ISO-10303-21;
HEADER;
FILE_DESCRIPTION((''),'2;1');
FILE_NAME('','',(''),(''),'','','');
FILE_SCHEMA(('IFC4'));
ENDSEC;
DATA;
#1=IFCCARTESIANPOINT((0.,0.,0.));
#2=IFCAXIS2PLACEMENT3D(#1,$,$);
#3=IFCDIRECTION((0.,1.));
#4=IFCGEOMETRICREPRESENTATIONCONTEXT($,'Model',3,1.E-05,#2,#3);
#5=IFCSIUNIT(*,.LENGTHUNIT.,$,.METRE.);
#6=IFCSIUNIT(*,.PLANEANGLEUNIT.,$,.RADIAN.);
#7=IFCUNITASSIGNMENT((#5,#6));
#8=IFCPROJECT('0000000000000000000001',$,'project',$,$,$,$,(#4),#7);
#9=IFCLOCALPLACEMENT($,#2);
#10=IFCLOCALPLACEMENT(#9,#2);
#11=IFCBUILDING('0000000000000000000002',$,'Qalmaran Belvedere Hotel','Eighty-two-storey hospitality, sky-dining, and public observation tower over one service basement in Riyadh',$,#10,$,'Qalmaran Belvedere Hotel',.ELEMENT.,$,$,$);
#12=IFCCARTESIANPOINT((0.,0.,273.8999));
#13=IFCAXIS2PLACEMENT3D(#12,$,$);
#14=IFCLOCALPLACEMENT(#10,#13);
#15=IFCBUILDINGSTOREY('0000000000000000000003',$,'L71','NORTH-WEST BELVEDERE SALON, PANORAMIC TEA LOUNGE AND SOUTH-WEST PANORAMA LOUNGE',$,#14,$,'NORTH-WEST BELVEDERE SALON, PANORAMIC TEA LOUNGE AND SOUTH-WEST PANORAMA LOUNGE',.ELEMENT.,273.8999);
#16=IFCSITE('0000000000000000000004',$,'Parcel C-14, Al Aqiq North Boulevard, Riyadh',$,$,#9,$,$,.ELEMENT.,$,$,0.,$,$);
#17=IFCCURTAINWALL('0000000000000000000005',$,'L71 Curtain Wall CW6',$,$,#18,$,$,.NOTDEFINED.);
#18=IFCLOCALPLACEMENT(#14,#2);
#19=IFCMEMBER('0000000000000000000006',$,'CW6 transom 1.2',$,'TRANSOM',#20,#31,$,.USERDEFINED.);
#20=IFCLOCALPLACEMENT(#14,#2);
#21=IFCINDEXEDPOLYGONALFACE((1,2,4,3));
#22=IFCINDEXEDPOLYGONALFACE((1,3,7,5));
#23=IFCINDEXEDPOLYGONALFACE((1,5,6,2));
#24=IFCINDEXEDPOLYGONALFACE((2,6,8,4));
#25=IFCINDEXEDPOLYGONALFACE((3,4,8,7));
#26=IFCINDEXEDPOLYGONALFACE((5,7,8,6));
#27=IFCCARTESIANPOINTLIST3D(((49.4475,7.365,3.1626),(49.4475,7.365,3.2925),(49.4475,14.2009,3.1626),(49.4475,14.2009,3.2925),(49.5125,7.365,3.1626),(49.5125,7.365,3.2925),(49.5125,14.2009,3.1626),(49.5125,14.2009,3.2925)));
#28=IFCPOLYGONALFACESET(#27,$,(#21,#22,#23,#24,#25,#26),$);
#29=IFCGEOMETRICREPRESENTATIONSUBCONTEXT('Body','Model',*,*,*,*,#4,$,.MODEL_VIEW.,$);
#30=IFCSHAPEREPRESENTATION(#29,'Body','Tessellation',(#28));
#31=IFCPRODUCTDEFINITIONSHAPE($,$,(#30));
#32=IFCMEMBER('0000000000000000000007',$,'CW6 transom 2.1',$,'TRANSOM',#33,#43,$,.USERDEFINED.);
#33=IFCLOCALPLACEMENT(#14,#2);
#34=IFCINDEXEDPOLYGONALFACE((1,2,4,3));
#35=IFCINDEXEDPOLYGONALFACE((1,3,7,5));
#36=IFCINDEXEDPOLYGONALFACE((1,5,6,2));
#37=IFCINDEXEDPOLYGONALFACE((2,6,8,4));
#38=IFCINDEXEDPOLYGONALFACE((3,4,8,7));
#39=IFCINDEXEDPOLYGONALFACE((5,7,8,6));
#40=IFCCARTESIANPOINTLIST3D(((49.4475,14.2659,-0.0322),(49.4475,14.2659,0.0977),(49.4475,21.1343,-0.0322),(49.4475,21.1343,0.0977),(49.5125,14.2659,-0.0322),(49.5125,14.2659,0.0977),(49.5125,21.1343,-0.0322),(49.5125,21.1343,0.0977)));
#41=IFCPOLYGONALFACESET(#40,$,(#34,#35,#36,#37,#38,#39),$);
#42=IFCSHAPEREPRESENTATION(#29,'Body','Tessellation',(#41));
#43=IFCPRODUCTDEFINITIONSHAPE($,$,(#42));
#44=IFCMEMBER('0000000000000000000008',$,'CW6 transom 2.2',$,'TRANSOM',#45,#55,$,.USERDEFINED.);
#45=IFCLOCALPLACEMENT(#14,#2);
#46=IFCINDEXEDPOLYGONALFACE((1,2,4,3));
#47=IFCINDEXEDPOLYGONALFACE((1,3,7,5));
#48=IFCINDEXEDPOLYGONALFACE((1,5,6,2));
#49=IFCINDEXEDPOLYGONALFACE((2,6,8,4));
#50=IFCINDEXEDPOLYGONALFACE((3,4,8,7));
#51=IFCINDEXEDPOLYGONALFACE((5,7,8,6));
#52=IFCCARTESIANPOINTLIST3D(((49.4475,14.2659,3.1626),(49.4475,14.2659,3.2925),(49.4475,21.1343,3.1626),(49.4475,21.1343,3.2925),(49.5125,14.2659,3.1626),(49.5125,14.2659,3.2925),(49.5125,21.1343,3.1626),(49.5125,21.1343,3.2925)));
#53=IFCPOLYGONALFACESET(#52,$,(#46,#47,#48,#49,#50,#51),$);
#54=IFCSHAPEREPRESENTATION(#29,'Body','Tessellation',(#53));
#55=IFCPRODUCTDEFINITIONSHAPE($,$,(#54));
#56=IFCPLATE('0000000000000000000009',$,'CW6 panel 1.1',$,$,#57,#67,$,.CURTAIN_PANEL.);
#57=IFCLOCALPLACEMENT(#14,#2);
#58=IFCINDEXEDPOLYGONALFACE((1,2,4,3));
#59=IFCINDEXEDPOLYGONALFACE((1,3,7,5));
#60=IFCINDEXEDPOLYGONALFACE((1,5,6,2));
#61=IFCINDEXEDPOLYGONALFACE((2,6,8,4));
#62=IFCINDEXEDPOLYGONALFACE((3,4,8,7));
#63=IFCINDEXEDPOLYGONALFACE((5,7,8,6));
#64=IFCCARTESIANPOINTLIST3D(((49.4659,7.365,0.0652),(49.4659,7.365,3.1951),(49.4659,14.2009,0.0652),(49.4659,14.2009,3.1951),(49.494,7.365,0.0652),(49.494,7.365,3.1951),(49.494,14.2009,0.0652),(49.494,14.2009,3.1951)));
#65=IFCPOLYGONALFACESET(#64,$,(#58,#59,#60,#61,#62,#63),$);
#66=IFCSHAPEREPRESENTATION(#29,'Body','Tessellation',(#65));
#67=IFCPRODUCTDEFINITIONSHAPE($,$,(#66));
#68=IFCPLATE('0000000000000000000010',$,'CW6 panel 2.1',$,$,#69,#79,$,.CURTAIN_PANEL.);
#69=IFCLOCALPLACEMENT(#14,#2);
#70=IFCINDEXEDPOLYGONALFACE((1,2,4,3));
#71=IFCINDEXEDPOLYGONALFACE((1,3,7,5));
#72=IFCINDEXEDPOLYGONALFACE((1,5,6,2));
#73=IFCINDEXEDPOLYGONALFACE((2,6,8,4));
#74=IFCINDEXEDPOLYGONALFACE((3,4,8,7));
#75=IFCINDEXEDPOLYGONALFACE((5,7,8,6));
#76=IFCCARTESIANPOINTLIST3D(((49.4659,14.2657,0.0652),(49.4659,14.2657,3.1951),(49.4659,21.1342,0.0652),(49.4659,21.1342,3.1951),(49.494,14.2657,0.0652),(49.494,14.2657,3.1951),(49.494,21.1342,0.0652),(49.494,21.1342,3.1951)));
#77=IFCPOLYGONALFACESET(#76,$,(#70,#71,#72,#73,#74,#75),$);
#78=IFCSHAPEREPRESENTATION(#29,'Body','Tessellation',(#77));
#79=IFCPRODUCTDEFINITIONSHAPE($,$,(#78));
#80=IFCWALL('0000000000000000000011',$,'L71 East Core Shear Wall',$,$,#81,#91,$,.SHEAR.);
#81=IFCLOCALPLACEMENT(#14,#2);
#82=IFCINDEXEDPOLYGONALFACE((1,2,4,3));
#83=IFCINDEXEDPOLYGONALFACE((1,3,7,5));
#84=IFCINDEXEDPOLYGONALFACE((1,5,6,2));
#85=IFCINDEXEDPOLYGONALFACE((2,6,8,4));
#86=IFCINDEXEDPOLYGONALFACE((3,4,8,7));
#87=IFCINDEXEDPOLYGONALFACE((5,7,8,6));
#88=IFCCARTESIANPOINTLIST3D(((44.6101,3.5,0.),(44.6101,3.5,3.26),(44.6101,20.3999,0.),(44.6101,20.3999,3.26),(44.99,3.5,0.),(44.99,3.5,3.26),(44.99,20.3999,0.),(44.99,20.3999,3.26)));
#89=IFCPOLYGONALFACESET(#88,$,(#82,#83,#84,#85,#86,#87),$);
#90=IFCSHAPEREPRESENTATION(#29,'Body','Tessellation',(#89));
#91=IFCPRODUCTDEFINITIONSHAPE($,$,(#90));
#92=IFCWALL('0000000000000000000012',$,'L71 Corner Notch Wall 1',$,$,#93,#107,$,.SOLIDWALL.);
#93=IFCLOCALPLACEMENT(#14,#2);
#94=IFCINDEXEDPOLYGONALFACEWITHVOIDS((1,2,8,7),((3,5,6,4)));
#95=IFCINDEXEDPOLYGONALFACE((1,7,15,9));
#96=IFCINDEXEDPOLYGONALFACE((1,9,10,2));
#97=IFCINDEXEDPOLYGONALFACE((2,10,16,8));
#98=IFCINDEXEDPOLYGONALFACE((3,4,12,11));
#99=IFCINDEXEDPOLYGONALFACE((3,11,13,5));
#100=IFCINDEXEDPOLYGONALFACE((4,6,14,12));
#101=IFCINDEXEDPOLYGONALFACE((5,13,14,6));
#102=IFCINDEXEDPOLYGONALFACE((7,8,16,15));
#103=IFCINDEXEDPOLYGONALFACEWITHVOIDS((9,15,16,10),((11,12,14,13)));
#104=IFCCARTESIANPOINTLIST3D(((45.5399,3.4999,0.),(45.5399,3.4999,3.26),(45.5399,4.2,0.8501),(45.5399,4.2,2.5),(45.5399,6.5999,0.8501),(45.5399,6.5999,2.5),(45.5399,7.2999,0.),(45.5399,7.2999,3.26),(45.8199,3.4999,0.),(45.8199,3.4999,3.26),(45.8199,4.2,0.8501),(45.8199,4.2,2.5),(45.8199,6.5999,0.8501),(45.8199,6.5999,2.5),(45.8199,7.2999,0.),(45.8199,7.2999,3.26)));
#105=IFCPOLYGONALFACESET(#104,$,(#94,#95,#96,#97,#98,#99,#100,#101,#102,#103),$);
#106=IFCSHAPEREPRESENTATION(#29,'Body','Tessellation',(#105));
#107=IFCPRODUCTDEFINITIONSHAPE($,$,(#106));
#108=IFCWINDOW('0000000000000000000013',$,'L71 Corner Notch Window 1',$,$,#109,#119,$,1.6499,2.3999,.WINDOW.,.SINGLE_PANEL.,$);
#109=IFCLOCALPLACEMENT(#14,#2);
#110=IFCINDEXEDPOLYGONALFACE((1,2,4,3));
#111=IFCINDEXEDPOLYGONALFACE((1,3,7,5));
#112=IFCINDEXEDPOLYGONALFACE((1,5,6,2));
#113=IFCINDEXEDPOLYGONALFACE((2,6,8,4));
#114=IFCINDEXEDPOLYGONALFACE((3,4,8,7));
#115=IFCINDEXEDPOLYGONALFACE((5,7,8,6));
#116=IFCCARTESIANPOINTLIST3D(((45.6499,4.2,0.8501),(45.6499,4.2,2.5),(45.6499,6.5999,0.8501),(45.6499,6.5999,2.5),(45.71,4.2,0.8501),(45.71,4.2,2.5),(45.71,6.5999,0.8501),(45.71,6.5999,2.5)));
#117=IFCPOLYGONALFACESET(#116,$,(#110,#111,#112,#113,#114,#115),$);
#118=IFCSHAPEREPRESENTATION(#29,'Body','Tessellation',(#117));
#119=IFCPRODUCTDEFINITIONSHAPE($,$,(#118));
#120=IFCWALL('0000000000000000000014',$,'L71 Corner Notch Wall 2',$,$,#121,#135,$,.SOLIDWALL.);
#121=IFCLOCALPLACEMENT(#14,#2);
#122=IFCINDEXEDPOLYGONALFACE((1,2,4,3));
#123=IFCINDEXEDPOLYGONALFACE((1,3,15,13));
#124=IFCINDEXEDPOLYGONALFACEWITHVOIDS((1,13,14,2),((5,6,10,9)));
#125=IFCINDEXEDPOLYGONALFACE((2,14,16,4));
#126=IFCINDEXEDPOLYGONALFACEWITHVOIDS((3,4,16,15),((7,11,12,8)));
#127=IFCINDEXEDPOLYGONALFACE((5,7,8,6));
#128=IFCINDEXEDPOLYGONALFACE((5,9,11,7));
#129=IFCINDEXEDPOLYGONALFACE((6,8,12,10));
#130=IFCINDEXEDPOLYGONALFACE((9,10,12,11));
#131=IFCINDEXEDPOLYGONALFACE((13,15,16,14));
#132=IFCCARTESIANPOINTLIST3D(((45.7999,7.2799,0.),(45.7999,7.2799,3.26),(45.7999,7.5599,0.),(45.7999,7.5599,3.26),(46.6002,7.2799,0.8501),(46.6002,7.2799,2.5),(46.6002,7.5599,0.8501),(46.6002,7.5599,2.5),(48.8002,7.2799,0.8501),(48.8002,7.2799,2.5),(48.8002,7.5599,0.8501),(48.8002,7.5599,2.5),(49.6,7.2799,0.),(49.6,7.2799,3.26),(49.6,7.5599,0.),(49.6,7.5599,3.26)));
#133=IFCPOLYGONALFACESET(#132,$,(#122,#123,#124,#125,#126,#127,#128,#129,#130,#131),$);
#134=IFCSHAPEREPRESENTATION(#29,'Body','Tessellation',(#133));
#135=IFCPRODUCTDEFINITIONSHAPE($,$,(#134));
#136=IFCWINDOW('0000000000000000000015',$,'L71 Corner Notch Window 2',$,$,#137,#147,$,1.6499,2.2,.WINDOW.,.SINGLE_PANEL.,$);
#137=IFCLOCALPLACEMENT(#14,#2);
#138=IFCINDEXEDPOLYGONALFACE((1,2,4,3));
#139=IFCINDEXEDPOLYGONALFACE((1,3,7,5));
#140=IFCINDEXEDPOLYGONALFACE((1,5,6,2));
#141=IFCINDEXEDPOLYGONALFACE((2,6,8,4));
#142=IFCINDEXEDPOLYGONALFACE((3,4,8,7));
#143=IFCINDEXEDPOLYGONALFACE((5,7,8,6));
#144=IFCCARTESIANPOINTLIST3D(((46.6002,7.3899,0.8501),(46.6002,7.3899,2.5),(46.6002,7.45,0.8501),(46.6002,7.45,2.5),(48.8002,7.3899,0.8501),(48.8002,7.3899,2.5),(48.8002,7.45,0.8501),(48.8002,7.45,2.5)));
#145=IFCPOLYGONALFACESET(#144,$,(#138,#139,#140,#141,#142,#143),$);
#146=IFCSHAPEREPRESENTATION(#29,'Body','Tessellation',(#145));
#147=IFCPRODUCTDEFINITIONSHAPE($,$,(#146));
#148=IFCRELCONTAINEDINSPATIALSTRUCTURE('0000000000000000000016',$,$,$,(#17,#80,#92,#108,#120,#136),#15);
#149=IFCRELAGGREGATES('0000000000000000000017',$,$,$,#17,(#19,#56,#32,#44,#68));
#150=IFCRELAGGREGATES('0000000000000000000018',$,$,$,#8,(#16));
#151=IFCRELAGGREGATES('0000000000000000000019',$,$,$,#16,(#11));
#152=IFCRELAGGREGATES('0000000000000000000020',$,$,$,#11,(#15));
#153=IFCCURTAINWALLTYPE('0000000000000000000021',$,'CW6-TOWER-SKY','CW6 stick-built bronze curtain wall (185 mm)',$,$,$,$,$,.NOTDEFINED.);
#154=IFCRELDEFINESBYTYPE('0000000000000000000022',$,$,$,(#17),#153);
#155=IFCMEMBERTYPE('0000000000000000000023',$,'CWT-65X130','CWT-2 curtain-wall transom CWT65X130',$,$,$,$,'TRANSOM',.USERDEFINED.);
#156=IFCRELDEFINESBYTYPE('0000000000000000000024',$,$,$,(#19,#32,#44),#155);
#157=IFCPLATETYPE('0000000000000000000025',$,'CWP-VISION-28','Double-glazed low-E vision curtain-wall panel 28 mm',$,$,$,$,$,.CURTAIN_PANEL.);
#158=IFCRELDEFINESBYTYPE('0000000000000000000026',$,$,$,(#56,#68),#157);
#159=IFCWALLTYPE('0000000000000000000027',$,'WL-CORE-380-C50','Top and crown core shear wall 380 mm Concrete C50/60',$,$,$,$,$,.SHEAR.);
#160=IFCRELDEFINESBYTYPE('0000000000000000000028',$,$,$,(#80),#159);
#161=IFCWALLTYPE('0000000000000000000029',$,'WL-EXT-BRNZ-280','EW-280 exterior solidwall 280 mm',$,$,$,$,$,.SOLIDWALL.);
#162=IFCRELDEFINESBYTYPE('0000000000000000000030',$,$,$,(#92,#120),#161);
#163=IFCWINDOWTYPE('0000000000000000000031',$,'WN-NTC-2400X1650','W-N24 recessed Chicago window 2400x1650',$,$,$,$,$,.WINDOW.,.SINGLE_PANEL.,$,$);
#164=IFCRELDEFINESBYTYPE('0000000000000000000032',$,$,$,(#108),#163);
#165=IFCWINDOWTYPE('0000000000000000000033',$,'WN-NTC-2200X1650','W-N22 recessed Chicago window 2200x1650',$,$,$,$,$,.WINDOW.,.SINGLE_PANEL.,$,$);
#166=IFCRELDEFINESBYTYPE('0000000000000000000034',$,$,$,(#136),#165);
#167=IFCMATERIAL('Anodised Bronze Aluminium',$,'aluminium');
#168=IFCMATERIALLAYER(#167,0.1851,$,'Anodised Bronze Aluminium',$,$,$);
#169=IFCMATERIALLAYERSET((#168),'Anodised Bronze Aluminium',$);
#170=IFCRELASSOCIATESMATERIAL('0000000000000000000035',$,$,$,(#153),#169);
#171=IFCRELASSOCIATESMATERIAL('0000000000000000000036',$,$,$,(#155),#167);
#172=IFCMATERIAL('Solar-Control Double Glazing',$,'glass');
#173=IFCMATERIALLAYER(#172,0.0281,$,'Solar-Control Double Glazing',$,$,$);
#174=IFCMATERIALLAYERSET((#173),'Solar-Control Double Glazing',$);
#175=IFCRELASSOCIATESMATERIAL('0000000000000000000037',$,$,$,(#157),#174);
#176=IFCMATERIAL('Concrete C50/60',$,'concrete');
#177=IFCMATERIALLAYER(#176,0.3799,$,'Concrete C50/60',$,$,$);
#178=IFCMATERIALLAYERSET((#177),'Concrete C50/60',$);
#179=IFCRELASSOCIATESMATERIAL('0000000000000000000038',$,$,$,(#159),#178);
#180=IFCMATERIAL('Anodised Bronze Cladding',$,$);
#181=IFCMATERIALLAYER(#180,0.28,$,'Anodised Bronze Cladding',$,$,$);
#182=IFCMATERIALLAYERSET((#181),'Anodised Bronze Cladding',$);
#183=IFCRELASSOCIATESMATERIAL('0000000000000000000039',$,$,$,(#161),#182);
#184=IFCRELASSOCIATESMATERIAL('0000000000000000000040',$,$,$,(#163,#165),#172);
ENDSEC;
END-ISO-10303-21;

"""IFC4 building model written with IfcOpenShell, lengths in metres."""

from ifc_helpers import new_model, si_unit, direction, frame, frame_2d, origin, origin_2d, place, context, subcontext, project, spatial, rectangle, extrude, material, layer, layer_set, material_profile, profile_set, type_object, element, fill, aggregate, save


model = new_model("IFC4")

# Units and contexts
model_context = context("Model", 3, precision=1e-05, world=origin(), true_north=direction((0.0, 1.0)))
body_context = subcontext(model_context, "Body", "Model", "MODEL_VIEW")
ifc_project = project(units=[si_unit("LENGTHUNIT", "METRE"), si_unit("PLANEANGLEUNIT", "RADIAN")], contexts=[model_context])

# Site, building, storey
site_placement = place(None, origin())
site = spatial("IfcSite", under=ifc_project, at=site_placement, Name="Parcel C-14, Al Aqiq North Boulevard, Riyadh", CompositionType="ELEMENT", RefElevation=0.0)
building_placement = place(site_placement, origin())
building = spatial("IfcBuilding", under=site, at=building_placement, Name="Qalmaran Belvedere Hotel", Description="Eighty-two-storey hospitality, sky-dining, and public observation tower over one service basement in Riyadh", LongName="Qalmaran Belvedere Hotel", CompositionType="ELEMENT")
storey_placement = place(building_placement, frame((0.0, 0.0, 273.8999)))
storey = spatial("IfcBuildingStorey", under=building, at=storey_placement, Name="L71", Description="NORTH-WEST BELVEDERE SALON, PANORAMIC TEA LOUNGE AND SOUTH-WEST PANORAMA LOUNGE", LongName="NORTH-WEST BELVEDERE SALON, PANORAMIC TEA LOUNGE AND SOUTH-WEST PANORAMA LOUNGE", CompositionType="ELEMENT", Elevation=273.8999)

# Shared definitions
ifc_material_1 = material(Name="Concrete C50/60", Category="concrete")

# Curtain wall, members, plates
ifc_material_2 = material(Name="Anodised Bronze Aluminium", Category="aluminium")
ifc_layer_1 = layer(ifc_material_2, 0.1851, Name="Anodised Bronze Aluminium")
ifc_layer_set_1 = layer_set([ifc_layer_1], Name="Anodised Bronze Aluminium")
curtain_wall_type = type_object("IfcCurtainWallType", Name="CW6-TOWER-SKY", Description="CW6 stick-built bronze curtain wall (185 mm)", PredefinedType="NOTDEFINED", material=ifc_layer_set_1)
curtain_wall_placement = place(storey_placement, origin())
curtain_wall = element("IfcCurtainWall", 1, at=curtain_wall_placement, inside=storey, type_object=curtain_wall_type, Name="L71 Curtain Wall CW6", PredefinedType="NOTDEFINED")
ifc_material_profile_1 = material_profile(ifc_material_2, rectangle(XDim=0.0649, YDim=0.1299, at=origin_2d()), Name="CWT65X130")
ifc_profile_set_1 = profile_set([ifc_material_profile_1], Name="Anodised Bronze Aluminium")
member_type_1 = type_object("IfcMemberType", Name="CWT-65X130", Description="CWT-2 curtain-wall transom CWT65X130", ElementType="TRANSOM", PredefinedType="USERDEFINED", material=ifc_profile_set_1)
member_1_placement = place(storey_placement, frame((49.48, 7.365, 3.2275), z_axis=(0.0, 1.0, 0.0), x_axis=(-1.0, 0.0, 0.0)))
member_1 = element("IfcMember", 2, at=member_1_placement, type_object=member_type_1, Name="CW6 transom 1.2", ObjectType="TRANSOM", PredefinedType="USERDEFINED", context=body_context, shape_type="SweptSolid", body=[
    extrude(rectangle(XDim=0.0649, YDim=0.1299, at=origin_2d()), origin(), (0.0, 0.0, 1.0), 6.8359),
])
member_2_placement = place(storey_placement, frame((49.48, 14.2659, 0.0327), z_axis=(0.0, 1.0, 0.0), x_axis=(-1.0, 0.0, 0.0)))
member_2 = element("IfcMember", 3, at=member_2_placement, type_object=member_type_1, Name="CW6 transom 2.1", ObjectType="TRANSOM", PredefinedType="USERDEFINED", context=body_context, shape_type="SweptSolid", body=[
    extrude(rectangle(XDim=0.0649, YDim=0.1299, at=origin_2d()), origin(), (0.0, 0.0, 1.0), 6.8684),
])
member_3_placement = place(storey_placement, frame((49.48, 14.2659, 3.2275), z_axis=(0.0, 1.0, 0.0), x_axis=(-1.0, 0.0, 0.0)))
member_3 = element("IfcMember", 4, at=member_3_placement, type_object=member_type_1, Name="CW6 transom 2.2", ObjectType="TRANSOM", PredefinedType="USERDEFINED", context=body_context, shape_type="SweptSolid", body=[
    extrude(rectangle(XDim=0.0649, YDim=0.1299, at=origin_2d()), origin(), (0.0, 0.0, 1.0), 6.8684),
])
ifc_material_3 = material(Name="Solar-Control Double Glazing", Category="glass")
ifc_layer_2 = layer(ifc_material_3, 0.0281, Name="Solar-Control Double Glazing")
ifc_layer_set_2 = layer_set([ifc_layer_2], Name="Solar-Control Double Glazing")
plate_type = type_object("IfcPlateType", Name="CWP-VISION-28", Description="Double-glazed low-E vision curtain-wall panel 28 mm", PredefinedType="CURTAIN_PANEL", material=ifc_layer_set_2)
plate_1_placement = place(storey_placement, frame((49.48, 10.783, 0.0652), z_axis=(0.0, 0.0, 1.0), x_axis=(0.0, 1.0, 0.0)))
plate_1 = element("IfcPlate", 5, at=plate_1_placement, type_object=plate_type, Name="CW6 panel 1.1", PredefinedType="CURTAIN_PANEL", context=body_context, shape_type="SweptSolid", body=[
    extrude(rectangle(XDim=6.8359, YDim=0.0281, at=origin_2d()), origin(), (0.0, 0.0, 1.0), 3.1299),
])
plate_2_placement = place(storey_placement, frame((49.48, 17.7, 0.0652), z_axis=(0.0, 0.0, 1.0), x_axis=(0.0, 1.0, 0.0)))
plate_2 = element("IfcPlate", 6, at=plate_2_placement, type_object=plate_type, Name="CW6 panel 2.1", PredefinedType="CURTAIN_PANEL", context=body_context, shape_type="SweptSolid", body=[
    extrude(rectangle(XDim=6.8684, YDim=0.0281, at=origin_2d()), origin(), (0.0, 0.0, 1.0), 3.1299),
])
aggregate(curtain_wall, [member_1, plate_1, member_2, member_3, plate_2])

# Wall
ifc_layer_3 = layer(ifc_material_1, 0.3799, Name="Concrete C50/60")
ifc_layer_set_3 = layer_set([ifc_layer_3], Name="Concrete C50/60")
wall_type_1 = type_object("IfcWallType", Name="WL-CORE-380-C50", Description="Top and crown core shear wall 380 mm Concrete C50/60", PredefinedType="SHEAR", material=ifc_layer_set_3)
wall_1_placement = place(storey_placement, frame((44.8, 3.5, 0.0), z_axis=(0.0, 0.0, 1.0), x_axis=(0.0, 1.0, 0.0)))
element("IfcWall", 7, at=wall_1_placement, inside=storey, type_object=wall_type_1, Name="L71 East Core Shear Wall", PredefinedType="SHEAR", context=body_context, shape_type="SweptSolid", body=[
    extrude(rectangle(XDim=16.8999, YDim=0.3799, at=frame_2d((8.45, 0.0))), origin(), (0.0, 0.0, 1.0), 3.26),
])

# Walls, openings, windows
ifc_material_4 = material(Name="Anodised Bronze Cladding")
ifc_layer_4 = layer(ifc_material_4, 0.28, Name="Anodised Bronze Cladding")
ifc_layer_set_4 = layer_set([ifc_layer_4], Name="Anodised Bronze Cladding")
wall_type_2 = type_object("IfcWallType", Name="WL-EXT-BRNZ-280", Description="EW-280 exterior solidwall 280 mm", PredefinedType="SOLIDWALL", material=ifc_layer_set_4)
wall_2_placement = place(storey_placement, frame((45.6799, 3.5, 0.0), z_axis=(0.0, 0.0, 1.0), x_axis=(0.0, 1.0, 0.0)))
wall_2 = element("IfcWall", 8, at=wall_2_placement, inside=storey, type_object=wall_type_2, Name="L71 Corner Notch Wall 1", PredefinedType="SOLIDWALL", context=body_context, shape_type="SweptSolid", body=[
    extrude(rectangle(XDim=3.8, YDim=0.28, at=frame_2d((1.8999, 0.0))), origin(), (0.0, 0.0, 1.0), 3.26),
])
opening_1_placement = place(wall_2_placement, frame((0.7, 0.0, 0.8501)))
opening_1 = element("IfcOpeningElement", 9, at=opening_1_placement, cuts=wall_2, PredefinedType="OPENING", context=body_context, shape_type="SweptSolid", body=[
    extrude(rectangle(XDim=2.3999, YDim=1.6499, at=frame_2d((1.2, 0.825))), frame((0.0, 0.1499, 0.0), z_axis=(0.0, -1.0, 0.0), x_axis=(1.0, 0.0, 0.0)), (0.0, 0.0, 1.0), 0.3),
])
window_type_1 = type_object("IfcWindowType", Name="WN-NTC-2400X1650", Description="W-N24 recessed Chicago window 2400x1650", PartitioningType="SINGLE_PANEL", PredefinedType="WINDOW", material=ifc_material_3)
window_1_placement = place(opening_1_placement, origin())
window_1 = element("IfcWindow", 10, at=window_1_placement, inside=storey, type_object=window_type_1, Name="L71 Corner Notch Window 1", OverallHeight=1.6499, OverallWidth=2.3999, PartitioningType="SINGLE_PANEL", PredefinedType="WINDOW", context=body_context, shape_type="SweptSolid", body=[
    extrude(rectangle(XDim=2.3999, YDim=1.6499, at=frame_2d((1.2, 0.825))), frame((0.0, 0.03, 0.0), z_axis=(0.0, -1.0, 0.0), x_axis=(1.0, 0.0, 0.0)), (0.0, 0.0, 1.0), 0.0601),
])
fill(opening_1, window_1)
wall_3_placement = place(storey_placement, frame((45.8, 7.4199, 0.0), z_axis=(0.0, 0.0, 1.0), x_axis=(1.0, 0.0, 0.0)))
wall_3 = element("IfcWall", 11, at=wall_3_placement, inside=storey, type_object=wall_type_2, Name="L71 Corner Notch Wall 2", PredefinedType="SOLIDWALL", context=body_context, shape_type="SweptSolid", body=[
    extrude(rectangle(XDim=3.8, YDim=0.28, at=frame_2d((1.8999, 0.0))), origin(), (0.0, 0.0, 1.0), 3.26),
])
opening_2_placement = place(wall_3_placement, frame((0.8, 0.0, 0.8501)))
opening_2 = element("IfcOpeningElement", 12, at=opening_2_placement, cuts=wall_3, PredefinedType="OPENING", context=body_context, shape_type="SweptSolid", body=[
    extrude(rectangle(XDim=2.2, YDim=1.6499, at=frame_2d((1.1001, 0.825))), frame((0.0, 0.1499, 0.0), z_axis=(0.0, -1.0, 0.0), x_axis=(1.0, 0.0, 0.0)), (0.0, 0.0, 1.0), 0.3),
])
window_type_2 = type_object("IfcWindowType", Name="WN-NTC-2200X1650", Description="W-N22 recessed Chicago window 2200x1650", PartitioningType="SINGLE_PANEL", PredefinedType="WINDOW", material=ifc_material_3)
window_2_placement = place(opening_2_placement, origin())
window_2 = element("IfcWindow", 13, at=window_2_placement, inside=storey, type_object=window_type_2, Name="L71 Corner Notch Window 2", OverallHeight=1.6499, OverallWidth=2.2, PartitioningType="SINGLE_PANEL", PredefinedType="WINDOW", context=body_context, shape_type="SweptSolid", body=[
    extrude(rectangle(XDim=2.2, YDim=1.6499, at=frame_2d((1.1001, 0.825))), frame((0.0, 0.03, 0.0), z_axis=(0.0, -1.0, 0.0), x_axis=(1.0, 0.0, 0.0)), (0.0, 0.0, 1.0), 0.0601),
])
fill(opening_2, window_2)

save(model, "model.ifc")
